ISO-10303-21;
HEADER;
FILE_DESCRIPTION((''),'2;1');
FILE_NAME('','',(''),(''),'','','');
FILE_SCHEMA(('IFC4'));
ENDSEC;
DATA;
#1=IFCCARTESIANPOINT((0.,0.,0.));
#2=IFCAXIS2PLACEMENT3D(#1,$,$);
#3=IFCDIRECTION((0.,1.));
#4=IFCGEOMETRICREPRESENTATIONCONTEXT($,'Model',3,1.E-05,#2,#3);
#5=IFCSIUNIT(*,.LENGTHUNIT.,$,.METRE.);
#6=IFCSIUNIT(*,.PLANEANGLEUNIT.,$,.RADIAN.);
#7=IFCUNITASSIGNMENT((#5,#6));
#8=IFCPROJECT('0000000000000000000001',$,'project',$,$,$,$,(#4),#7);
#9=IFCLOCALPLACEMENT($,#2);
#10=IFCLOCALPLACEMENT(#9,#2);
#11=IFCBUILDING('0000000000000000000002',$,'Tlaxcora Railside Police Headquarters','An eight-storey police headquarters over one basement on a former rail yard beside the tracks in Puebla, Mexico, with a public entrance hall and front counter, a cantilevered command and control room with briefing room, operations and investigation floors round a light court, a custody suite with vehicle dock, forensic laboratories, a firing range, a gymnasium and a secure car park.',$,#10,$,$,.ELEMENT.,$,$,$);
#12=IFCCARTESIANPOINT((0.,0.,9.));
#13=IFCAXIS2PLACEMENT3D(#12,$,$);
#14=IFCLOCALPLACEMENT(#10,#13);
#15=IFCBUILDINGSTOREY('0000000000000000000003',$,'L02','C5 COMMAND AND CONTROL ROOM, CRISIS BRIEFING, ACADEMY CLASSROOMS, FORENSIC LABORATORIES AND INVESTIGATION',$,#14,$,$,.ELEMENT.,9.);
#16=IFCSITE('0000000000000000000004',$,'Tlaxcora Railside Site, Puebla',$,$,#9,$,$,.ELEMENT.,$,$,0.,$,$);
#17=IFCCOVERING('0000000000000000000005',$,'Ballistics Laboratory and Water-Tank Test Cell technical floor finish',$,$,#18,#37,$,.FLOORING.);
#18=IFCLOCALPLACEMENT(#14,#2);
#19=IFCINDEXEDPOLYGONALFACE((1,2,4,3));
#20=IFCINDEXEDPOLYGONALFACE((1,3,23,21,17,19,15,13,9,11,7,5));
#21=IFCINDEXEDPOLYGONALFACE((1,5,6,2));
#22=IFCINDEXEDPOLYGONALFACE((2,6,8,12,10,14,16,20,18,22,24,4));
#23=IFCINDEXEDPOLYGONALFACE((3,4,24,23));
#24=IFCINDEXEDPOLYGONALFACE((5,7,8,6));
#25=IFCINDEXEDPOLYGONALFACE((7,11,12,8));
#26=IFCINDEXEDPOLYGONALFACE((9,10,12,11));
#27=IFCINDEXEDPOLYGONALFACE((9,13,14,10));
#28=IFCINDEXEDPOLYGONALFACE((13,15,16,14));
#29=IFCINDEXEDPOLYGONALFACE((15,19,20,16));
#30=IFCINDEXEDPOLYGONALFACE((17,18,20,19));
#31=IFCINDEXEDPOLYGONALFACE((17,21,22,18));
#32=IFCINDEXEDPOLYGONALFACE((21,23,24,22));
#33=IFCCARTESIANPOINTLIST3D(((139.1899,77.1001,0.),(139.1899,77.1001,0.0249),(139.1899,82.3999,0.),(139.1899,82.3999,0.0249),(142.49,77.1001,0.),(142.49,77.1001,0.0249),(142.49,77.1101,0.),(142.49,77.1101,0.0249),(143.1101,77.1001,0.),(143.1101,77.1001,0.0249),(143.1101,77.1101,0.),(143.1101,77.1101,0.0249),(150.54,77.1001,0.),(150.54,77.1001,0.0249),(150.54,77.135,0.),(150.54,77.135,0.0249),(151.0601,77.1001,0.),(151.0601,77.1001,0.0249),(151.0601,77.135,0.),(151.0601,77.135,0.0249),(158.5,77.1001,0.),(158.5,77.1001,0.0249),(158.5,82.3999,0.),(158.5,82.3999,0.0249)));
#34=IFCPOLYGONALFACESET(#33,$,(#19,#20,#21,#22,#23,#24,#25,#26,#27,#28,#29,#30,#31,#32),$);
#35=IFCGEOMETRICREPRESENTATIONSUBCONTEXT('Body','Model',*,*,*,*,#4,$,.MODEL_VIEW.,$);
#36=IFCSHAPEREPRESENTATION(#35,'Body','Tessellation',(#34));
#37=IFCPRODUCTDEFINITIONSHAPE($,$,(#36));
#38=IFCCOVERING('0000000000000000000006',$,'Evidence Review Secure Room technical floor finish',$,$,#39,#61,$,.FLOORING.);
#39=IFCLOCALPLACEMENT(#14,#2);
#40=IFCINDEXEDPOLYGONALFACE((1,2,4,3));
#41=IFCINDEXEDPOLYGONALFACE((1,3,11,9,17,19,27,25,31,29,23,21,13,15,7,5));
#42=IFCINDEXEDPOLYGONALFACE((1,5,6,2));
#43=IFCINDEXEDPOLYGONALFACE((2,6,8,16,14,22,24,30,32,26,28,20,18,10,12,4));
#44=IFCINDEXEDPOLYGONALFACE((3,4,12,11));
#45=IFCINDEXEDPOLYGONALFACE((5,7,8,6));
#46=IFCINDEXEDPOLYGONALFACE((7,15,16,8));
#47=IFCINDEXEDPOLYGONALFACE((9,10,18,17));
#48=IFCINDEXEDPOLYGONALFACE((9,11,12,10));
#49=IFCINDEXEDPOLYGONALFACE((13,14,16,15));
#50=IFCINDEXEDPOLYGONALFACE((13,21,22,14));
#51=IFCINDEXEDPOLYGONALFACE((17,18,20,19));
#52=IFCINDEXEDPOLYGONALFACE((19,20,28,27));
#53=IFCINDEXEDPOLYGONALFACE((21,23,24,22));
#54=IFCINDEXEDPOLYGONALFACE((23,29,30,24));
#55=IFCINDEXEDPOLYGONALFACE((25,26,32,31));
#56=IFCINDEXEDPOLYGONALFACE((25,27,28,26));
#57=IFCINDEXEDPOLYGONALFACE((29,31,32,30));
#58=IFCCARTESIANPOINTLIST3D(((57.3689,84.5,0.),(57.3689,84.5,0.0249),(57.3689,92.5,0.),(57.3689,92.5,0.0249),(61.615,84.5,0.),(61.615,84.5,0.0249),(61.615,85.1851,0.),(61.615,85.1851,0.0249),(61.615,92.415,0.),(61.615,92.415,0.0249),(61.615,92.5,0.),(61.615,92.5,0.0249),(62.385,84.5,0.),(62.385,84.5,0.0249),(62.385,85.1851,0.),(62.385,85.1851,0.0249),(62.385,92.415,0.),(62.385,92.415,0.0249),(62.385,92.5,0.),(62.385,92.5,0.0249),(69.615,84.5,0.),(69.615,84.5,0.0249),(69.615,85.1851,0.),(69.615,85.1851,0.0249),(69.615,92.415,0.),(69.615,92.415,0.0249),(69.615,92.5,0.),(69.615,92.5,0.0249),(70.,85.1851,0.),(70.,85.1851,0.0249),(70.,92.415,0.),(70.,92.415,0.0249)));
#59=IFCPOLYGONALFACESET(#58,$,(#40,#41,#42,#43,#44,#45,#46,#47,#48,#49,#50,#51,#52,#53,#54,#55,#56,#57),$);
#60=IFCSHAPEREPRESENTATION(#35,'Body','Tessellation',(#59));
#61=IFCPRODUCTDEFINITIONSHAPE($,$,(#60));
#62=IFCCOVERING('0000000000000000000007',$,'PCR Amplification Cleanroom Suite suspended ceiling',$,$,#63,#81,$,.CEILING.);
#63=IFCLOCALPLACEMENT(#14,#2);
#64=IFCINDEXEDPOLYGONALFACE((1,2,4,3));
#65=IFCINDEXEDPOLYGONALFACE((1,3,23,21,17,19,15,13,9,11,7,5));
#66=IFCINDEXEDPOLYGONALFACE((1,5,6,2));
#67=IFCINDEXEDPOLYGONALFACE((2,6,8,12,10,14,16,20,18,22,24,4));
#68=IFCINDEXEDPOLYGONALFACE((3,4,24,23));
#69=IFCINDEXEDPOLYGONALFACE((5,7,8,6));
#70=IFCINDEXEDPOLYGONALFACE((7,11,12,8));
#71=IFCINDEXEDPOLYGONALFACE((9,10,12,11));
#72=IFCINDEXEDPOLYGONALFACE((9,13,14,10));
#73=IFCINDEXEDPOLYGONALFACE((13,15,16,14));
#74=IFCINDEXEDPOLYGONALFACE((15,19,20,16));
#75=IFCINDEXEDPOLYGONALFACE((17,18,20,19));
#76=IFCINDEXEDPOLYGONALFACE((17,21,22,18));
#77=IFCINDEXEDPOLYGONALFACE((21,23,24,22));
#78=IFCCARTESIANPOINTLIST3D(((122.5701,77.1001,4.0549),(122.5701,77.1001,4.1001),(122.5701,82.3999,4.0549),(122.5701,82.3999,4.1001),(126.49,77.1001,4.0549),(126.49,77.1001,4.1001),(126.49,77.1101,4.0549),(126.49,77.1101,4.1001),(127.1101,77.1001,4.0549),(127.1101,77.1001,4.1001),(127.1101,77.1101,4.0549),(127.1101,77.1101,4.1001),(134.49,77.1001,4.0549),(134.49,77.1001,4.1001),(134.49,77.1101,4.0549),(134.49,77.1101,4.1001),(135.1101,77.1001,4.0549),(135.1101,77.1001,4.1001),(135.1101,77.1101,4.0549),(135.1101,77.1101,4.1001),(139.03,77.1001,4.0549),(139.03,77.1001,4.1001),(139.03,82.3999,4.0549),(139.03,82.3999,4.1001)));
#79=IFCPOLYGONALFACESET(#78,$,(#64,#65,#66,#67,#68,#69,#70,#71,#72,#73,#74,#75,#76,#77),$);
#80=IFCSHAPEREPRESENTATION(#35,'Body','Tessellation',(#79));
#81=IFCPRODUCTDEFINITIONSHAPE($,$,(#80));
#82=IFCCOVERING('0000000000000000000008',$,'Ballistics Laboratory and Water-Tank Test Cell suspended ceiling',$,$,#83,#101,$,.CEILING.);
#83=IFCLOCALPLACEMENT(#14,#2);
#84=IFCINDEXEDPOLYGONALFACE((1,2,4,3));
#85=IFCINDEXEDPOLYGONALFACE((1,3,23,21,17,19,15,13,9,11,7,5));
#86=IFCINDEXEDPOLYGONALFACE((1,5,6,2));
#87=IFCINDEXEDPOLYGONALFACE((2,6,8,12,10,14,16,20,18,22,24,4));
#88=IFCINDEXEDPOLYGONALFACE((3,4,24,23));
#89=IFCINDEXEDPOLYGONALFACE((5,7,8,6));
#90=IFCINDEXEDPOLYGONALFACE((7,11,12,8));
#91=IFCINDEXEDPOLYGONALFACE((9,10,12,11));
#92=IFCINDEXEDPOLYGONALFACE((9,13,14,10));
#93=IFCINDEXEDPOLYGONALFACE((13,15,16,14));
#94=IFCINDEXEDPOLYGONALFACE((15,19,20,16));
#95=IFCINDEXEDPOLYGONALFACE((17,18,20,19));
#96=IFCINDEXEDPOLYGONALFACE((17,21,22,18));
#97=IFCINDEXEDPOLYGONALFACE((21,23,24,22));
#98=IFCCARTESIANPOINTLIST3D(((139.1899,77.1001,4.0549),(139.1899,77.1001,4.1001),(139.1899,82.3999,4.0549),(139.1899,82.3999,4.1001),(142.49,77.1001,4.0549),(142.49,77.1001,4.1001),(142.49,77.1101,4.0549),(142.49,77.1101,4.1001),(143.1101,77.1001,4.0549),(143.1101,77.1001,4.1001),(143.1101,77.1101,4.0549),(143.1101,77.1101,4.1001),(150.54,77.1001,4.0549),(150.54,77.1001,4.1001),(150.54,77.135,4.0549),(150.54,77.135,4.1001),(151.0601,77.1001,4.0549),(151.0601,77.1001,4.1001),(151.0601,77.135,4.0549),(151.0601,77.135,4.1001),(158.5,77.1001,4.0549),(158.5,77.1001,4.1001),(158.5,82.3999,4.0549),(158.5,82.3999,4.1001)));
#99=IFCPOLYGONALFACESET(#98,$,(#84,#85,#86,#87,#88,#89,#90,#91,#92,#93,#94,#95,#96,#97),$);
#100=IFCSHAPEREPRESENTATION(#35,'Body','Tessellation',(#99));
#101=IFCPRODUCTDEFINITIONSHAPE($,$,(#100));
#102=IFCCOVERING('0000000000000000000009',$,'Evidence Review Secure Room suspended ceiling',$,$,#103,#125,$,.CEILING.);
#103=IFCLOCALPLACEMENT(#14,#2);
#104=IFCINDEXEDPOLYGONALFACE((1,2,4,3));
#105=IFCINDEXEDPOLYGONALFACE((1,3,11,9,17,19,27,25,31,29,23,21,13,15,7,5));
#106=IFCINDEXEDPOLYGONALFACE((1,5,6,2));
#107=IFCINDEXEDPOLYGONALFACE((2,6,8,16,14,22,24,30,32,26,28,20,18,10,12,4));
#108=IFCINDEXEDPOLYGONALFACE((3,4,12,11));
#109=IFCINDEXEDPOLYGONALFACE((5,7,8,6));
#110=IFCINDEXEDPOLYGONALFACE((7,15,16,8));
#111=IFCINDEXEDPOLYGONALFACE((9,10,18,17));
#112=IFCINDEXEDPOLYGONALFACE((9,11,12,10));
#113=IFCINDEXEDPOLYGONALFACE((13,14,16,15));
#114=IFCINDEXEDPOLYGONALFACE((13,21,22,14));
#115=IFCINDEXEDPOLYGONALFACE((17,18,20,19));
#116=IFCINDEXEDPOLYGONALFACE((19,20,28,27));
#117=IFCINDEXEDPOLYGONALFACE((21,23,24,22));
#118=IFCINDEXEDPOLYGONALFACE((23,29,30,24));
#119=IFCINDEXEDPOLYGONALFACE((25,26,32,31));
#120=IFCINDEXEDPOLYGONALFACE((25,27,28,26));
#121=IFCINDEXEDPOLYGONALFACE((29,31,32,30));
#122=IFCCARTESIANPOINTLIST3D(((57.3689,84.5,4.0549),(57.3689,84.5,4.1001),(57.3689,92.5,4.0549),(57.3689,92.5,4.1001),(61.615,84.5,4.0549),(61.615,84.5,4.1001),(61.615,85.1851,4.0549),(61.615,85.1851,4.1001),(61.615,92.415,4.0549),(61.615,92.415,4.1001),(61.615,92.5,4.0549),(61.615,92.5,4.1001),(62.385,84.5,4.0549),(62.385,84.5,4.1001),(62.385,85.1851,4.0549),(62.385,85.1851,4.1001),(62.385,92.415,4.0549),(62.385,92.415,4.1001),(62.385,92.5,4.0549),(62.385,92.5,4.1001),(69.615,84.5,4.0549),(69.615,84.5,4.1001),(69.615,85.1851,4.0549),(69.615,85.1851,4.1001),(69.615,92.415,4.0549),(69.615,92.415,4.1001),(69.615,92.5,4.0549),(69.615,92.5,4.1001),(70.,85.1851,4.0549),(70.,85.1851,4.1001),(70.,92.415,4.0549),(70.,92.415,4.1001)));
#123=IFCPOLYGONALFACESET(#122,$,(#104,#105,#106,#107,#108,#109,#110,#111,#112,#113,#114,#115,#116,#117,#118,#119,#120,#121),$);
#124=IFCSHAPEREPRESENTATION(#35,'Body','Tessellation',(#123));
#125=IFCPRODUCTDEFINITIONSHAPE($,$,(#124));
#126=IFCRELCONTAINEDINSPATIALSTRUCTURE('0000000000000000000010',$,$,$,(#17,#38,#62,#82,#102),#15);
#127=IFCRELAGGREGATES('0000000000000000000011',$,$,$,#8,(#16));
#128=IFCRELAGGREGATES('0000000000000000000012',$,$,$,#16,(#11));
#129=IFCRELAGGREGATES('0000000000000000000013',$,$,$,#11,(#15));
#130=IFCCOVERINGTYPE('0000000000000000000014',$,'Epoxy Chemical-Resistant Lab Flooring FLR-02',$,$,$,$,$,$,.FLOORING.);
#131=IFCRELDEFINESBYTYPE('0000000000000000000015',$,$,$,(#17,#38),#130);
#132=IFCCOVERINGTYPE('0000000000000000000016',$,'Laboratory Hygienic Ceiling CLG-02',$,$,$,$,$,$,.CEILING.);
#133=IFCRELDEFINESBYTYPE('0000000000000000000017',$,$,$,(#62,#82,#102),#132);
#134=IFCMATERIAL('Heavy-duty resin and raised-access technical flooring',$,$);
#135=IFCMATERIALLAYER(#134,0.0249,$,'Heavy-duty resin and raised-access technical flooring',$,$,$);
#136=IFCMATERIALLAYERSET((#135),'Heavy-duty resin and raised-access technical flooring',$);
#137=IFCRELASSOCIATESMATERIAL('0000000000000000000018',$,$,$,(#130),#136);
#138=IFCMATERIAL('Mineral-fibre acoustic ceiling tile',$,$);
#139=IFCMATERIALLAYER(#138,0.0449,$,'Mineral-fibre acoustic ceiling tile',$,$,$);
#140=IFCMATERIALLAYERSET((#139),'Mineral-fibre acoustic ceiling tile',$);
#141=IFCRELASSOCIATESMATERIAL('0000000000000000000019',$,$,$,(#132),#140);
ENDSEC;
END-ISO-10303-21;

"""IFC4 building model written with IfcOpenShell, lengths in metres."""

from ifc_helpers import new_model, si_unit, direction, frame, origin, place, context, subcontext, project, spatial, polyline, outline, extrude, material, layer, layer_set, type_object, element, save


model = new_model("IFC4")

# Units and contexts
model_context = context("Model", 3, precision=1e-05, world=origin(), true_north=direction((0.0, 1.0)))
body_context = subcontext(model_context, "Body", "Model", "MODEL_VIEW")
ifc_project = project(units=[si_unit("LENGTHUNIT", "METRE"), si_unit("PLANEANGLEUNIT", "RADIAN")], contexts=[model_context])

# Site, building, storey
site_placement = place(None, origin())
site = spatial("IfcSite", under=ifc_project, at=site_placement, Name="Tlaxcora Railside Site, Puebla", CompositionType="ELEMENT", RefElevation=0.0)
building_placement = place(site_placement, origin())
building = spatial("IfcBuilding", under=site, at=building_placement, Name="Tlaxcora Railside Police Headquarters", Description="An eight-storey police headquarters over one basement on a former rail yard beside the tracks in Puebla, Mexico, with a public entrance hall and front counter, a cantilevered command and control room with briefing room, operations and investigation floors round a light court, a custody suite with vehicle dock, forensic laboratories, a firing range, a gymnasium and a secure car park.", CompositionType="ELEMENT")
storey_placement = place(building_placement, frame((0.0, 0.0, 9.0)))
storey = spatial("IfcBuildingStorey", under=building, at=storey_placement, Name="L02", Description="C5 COMMAND AND CONTROL ROOM, CRISIS BRIEFING, ACADEMY CLASSROOMS, FORENSIC LABORATORIES AND INVESTIGATION", CompositionType="ELEMENT", Elevation=9.0)

# Coverings
ifc_material_1 = material(Name="Mineral-fibre acoustic ceiling tile")
ifc_material_2 = material(Name="Heavy-duty resin and raised-access technical flooring")
ifc_layer_1 = layer(ifc_material_2, 0.0249, Name="Heavy-duty resin and raised-access technical flooring")
ifc_layer_set_1 = layer_set([ifc_layer_1], Name="Heavy-duty resin and raised-access technical flooring")
covering_type_1 = type_object("IfcCoveringType", Name="Epoxy Chemical-Resistant Lab Flooring FLR-02", PredefinedType="FLOORING", material=ifc_layer_set_1)
covering_1_placement = place(storey_placement, origin())
element("IfcCovering", 1, at=covering_1_placement, inside=storey, type_object=covering_type_1, Name="Ballistics Laboratory and Water-Tank Test Cell technical floor finish", PredefinedType="FLOORING", context=body_context, shape_type="SweptSolid", body=[
    extrude(outline(polyline([(158.5, 77.1001), (158.5, 82.3999), (139.1899, 82.3999), (139.1899, 77.1001), (142.49, 77.1001), (142.49, 77.1101), (143.1101, 77.1101), (143.1101, 77.1001), (150.54, 77.1001), (150.54, 77.135), (151.0601, 77.135), (151.0601, 77.1001), (158.5, 77.1001)])), origin(), (0.0, 0.0, 1.0), 0.0249),
])
covering_2_placement = place(storey_placement, origin())
element("IfcCovering", 2, at=covering_2_placement, inside=storey, type_object=covering_type_1, Name="Evidence Review Secure Room technical floor finish", PredefinedType="FLOORING", context=body_context, shape_type="SweptSolid", body=[
    extrude(outline(polyline([(62.385, 85.1851), (62.385, 84.5), (69.615, 84.5), (69.615, 85.1851), (70.0, 85.1851), (70.0, 92.415), (69.615, 92.415), (69.615, 92.5), (62.385, 92.5), (62.385, 92.415), (61.615, 92.415), (61.615, 92.5), (57.3689, 92.5), (57.3689, 84.5), (61.615, 84.5), (61.615, 85.1851), (62.385, 85.1851)])), origin(), (0.0, 0.0, 1.0), 0.0249),
])
ifc_layer_2 = layer(ifc_material_1, 0.0449, Name="Mineral-fibre acoustic ceiling tile")
ifc_layer_set_2 = layer_set([ifc_layer_2], Name="Mineral-fibre acoustic ceiling tile")
covering_type_2 = type_object("IfcCoveringType", Name="Laboratory Hygienic Ceiling CLG-02", PredefinedType="CEILING", material=ifc_layer_set_2)
covering_3_placement = place(storey_placement, frame((0.0, 0.0, 4.0549)))
element("IfcCovering", 3, at=covering_3_placement, inside=storey, type_object=covering_type_2, Name="PCR Amplification Cleanroom Suite suspended ceiling", PredefinedType="CEILING", context=body_context, shape_type="SweptSolid", body=[
    extrude(outline(polyline([(139.03, 77.1001), (139.03, 82.3999), (122.5701, 82.3999), (122.5701, 77.1001), (126.49, 77.1001), (126.49, 77.1101), (127.1101, 77.1101), (127.1101, 77.1001), (134.49, 77.1001), (134.49, 77.1101), (135.1101, 77.1101), (135.1101, 77.1001), (139.03, 77.1001)])), origin(), (0.0, 0.0, 1.0), 0.0452),
])
covering_4_placement = place(storey_placement, frame((0.0, 0.0, 4.0549)))
element("IfcCovering", 4, at=covering_4_placement, inside=storey, type_object=covering_type_2, Name="Ballistics Laboratory and Water-Tank Test Cell suspended ceiling", PredefinedType="CEILING", context=body_context, shape_type="SweptSolid", body=[
    extrude(outline(polyline([(158.5, 77.1001), (158.5, 82.3999), (139.1899, 82.3999), (139.1899, 77.1001), (142.49, 77.1001), (142.49, 77.1101), (143.1101, 77.1101), (143.1101, 77.1001), (150.54, 77.1001), (150.54, 77.135), (151.0601, 77.135), (151.0601, 77.1001), (158.5, 77.1001)])), origin(), (0.0, 0.0, 1.0), 0.0452),
])
covering_5_placement = place(storey_placement, frame((0.0, 0.0, 4.0549)))
element("IfcCovering", 5, at=covering_5_placement, inside=storey, type_object=covering_type_2, Name="Evidence Review Secure Room suspended ceiling", PredefinedType="CEILING", context=body_context, shape_type="SweptSolid", body=[
    extrude(outline(polyline([(62.385, 85.1851), (62.385, 84.5), (69.615, 84.5), (69.615, 85.1851), (70.0, 85.1851), (70.0, 92.415), (69.615, 92.415), (69.615, 92.5), (62.385, 92.5), (62.385, 92.415), (61.615, 92.415), (61.615, 92.5), (57.3689, 92.5), (57.3689, 84.5), (61.615, 84.5), (61.615, 85.1851), (62.385, 85.1851)])), origin(), (0.0, 0.0, 1.0), 0.0452),
])

save(model, "model.ifc")
